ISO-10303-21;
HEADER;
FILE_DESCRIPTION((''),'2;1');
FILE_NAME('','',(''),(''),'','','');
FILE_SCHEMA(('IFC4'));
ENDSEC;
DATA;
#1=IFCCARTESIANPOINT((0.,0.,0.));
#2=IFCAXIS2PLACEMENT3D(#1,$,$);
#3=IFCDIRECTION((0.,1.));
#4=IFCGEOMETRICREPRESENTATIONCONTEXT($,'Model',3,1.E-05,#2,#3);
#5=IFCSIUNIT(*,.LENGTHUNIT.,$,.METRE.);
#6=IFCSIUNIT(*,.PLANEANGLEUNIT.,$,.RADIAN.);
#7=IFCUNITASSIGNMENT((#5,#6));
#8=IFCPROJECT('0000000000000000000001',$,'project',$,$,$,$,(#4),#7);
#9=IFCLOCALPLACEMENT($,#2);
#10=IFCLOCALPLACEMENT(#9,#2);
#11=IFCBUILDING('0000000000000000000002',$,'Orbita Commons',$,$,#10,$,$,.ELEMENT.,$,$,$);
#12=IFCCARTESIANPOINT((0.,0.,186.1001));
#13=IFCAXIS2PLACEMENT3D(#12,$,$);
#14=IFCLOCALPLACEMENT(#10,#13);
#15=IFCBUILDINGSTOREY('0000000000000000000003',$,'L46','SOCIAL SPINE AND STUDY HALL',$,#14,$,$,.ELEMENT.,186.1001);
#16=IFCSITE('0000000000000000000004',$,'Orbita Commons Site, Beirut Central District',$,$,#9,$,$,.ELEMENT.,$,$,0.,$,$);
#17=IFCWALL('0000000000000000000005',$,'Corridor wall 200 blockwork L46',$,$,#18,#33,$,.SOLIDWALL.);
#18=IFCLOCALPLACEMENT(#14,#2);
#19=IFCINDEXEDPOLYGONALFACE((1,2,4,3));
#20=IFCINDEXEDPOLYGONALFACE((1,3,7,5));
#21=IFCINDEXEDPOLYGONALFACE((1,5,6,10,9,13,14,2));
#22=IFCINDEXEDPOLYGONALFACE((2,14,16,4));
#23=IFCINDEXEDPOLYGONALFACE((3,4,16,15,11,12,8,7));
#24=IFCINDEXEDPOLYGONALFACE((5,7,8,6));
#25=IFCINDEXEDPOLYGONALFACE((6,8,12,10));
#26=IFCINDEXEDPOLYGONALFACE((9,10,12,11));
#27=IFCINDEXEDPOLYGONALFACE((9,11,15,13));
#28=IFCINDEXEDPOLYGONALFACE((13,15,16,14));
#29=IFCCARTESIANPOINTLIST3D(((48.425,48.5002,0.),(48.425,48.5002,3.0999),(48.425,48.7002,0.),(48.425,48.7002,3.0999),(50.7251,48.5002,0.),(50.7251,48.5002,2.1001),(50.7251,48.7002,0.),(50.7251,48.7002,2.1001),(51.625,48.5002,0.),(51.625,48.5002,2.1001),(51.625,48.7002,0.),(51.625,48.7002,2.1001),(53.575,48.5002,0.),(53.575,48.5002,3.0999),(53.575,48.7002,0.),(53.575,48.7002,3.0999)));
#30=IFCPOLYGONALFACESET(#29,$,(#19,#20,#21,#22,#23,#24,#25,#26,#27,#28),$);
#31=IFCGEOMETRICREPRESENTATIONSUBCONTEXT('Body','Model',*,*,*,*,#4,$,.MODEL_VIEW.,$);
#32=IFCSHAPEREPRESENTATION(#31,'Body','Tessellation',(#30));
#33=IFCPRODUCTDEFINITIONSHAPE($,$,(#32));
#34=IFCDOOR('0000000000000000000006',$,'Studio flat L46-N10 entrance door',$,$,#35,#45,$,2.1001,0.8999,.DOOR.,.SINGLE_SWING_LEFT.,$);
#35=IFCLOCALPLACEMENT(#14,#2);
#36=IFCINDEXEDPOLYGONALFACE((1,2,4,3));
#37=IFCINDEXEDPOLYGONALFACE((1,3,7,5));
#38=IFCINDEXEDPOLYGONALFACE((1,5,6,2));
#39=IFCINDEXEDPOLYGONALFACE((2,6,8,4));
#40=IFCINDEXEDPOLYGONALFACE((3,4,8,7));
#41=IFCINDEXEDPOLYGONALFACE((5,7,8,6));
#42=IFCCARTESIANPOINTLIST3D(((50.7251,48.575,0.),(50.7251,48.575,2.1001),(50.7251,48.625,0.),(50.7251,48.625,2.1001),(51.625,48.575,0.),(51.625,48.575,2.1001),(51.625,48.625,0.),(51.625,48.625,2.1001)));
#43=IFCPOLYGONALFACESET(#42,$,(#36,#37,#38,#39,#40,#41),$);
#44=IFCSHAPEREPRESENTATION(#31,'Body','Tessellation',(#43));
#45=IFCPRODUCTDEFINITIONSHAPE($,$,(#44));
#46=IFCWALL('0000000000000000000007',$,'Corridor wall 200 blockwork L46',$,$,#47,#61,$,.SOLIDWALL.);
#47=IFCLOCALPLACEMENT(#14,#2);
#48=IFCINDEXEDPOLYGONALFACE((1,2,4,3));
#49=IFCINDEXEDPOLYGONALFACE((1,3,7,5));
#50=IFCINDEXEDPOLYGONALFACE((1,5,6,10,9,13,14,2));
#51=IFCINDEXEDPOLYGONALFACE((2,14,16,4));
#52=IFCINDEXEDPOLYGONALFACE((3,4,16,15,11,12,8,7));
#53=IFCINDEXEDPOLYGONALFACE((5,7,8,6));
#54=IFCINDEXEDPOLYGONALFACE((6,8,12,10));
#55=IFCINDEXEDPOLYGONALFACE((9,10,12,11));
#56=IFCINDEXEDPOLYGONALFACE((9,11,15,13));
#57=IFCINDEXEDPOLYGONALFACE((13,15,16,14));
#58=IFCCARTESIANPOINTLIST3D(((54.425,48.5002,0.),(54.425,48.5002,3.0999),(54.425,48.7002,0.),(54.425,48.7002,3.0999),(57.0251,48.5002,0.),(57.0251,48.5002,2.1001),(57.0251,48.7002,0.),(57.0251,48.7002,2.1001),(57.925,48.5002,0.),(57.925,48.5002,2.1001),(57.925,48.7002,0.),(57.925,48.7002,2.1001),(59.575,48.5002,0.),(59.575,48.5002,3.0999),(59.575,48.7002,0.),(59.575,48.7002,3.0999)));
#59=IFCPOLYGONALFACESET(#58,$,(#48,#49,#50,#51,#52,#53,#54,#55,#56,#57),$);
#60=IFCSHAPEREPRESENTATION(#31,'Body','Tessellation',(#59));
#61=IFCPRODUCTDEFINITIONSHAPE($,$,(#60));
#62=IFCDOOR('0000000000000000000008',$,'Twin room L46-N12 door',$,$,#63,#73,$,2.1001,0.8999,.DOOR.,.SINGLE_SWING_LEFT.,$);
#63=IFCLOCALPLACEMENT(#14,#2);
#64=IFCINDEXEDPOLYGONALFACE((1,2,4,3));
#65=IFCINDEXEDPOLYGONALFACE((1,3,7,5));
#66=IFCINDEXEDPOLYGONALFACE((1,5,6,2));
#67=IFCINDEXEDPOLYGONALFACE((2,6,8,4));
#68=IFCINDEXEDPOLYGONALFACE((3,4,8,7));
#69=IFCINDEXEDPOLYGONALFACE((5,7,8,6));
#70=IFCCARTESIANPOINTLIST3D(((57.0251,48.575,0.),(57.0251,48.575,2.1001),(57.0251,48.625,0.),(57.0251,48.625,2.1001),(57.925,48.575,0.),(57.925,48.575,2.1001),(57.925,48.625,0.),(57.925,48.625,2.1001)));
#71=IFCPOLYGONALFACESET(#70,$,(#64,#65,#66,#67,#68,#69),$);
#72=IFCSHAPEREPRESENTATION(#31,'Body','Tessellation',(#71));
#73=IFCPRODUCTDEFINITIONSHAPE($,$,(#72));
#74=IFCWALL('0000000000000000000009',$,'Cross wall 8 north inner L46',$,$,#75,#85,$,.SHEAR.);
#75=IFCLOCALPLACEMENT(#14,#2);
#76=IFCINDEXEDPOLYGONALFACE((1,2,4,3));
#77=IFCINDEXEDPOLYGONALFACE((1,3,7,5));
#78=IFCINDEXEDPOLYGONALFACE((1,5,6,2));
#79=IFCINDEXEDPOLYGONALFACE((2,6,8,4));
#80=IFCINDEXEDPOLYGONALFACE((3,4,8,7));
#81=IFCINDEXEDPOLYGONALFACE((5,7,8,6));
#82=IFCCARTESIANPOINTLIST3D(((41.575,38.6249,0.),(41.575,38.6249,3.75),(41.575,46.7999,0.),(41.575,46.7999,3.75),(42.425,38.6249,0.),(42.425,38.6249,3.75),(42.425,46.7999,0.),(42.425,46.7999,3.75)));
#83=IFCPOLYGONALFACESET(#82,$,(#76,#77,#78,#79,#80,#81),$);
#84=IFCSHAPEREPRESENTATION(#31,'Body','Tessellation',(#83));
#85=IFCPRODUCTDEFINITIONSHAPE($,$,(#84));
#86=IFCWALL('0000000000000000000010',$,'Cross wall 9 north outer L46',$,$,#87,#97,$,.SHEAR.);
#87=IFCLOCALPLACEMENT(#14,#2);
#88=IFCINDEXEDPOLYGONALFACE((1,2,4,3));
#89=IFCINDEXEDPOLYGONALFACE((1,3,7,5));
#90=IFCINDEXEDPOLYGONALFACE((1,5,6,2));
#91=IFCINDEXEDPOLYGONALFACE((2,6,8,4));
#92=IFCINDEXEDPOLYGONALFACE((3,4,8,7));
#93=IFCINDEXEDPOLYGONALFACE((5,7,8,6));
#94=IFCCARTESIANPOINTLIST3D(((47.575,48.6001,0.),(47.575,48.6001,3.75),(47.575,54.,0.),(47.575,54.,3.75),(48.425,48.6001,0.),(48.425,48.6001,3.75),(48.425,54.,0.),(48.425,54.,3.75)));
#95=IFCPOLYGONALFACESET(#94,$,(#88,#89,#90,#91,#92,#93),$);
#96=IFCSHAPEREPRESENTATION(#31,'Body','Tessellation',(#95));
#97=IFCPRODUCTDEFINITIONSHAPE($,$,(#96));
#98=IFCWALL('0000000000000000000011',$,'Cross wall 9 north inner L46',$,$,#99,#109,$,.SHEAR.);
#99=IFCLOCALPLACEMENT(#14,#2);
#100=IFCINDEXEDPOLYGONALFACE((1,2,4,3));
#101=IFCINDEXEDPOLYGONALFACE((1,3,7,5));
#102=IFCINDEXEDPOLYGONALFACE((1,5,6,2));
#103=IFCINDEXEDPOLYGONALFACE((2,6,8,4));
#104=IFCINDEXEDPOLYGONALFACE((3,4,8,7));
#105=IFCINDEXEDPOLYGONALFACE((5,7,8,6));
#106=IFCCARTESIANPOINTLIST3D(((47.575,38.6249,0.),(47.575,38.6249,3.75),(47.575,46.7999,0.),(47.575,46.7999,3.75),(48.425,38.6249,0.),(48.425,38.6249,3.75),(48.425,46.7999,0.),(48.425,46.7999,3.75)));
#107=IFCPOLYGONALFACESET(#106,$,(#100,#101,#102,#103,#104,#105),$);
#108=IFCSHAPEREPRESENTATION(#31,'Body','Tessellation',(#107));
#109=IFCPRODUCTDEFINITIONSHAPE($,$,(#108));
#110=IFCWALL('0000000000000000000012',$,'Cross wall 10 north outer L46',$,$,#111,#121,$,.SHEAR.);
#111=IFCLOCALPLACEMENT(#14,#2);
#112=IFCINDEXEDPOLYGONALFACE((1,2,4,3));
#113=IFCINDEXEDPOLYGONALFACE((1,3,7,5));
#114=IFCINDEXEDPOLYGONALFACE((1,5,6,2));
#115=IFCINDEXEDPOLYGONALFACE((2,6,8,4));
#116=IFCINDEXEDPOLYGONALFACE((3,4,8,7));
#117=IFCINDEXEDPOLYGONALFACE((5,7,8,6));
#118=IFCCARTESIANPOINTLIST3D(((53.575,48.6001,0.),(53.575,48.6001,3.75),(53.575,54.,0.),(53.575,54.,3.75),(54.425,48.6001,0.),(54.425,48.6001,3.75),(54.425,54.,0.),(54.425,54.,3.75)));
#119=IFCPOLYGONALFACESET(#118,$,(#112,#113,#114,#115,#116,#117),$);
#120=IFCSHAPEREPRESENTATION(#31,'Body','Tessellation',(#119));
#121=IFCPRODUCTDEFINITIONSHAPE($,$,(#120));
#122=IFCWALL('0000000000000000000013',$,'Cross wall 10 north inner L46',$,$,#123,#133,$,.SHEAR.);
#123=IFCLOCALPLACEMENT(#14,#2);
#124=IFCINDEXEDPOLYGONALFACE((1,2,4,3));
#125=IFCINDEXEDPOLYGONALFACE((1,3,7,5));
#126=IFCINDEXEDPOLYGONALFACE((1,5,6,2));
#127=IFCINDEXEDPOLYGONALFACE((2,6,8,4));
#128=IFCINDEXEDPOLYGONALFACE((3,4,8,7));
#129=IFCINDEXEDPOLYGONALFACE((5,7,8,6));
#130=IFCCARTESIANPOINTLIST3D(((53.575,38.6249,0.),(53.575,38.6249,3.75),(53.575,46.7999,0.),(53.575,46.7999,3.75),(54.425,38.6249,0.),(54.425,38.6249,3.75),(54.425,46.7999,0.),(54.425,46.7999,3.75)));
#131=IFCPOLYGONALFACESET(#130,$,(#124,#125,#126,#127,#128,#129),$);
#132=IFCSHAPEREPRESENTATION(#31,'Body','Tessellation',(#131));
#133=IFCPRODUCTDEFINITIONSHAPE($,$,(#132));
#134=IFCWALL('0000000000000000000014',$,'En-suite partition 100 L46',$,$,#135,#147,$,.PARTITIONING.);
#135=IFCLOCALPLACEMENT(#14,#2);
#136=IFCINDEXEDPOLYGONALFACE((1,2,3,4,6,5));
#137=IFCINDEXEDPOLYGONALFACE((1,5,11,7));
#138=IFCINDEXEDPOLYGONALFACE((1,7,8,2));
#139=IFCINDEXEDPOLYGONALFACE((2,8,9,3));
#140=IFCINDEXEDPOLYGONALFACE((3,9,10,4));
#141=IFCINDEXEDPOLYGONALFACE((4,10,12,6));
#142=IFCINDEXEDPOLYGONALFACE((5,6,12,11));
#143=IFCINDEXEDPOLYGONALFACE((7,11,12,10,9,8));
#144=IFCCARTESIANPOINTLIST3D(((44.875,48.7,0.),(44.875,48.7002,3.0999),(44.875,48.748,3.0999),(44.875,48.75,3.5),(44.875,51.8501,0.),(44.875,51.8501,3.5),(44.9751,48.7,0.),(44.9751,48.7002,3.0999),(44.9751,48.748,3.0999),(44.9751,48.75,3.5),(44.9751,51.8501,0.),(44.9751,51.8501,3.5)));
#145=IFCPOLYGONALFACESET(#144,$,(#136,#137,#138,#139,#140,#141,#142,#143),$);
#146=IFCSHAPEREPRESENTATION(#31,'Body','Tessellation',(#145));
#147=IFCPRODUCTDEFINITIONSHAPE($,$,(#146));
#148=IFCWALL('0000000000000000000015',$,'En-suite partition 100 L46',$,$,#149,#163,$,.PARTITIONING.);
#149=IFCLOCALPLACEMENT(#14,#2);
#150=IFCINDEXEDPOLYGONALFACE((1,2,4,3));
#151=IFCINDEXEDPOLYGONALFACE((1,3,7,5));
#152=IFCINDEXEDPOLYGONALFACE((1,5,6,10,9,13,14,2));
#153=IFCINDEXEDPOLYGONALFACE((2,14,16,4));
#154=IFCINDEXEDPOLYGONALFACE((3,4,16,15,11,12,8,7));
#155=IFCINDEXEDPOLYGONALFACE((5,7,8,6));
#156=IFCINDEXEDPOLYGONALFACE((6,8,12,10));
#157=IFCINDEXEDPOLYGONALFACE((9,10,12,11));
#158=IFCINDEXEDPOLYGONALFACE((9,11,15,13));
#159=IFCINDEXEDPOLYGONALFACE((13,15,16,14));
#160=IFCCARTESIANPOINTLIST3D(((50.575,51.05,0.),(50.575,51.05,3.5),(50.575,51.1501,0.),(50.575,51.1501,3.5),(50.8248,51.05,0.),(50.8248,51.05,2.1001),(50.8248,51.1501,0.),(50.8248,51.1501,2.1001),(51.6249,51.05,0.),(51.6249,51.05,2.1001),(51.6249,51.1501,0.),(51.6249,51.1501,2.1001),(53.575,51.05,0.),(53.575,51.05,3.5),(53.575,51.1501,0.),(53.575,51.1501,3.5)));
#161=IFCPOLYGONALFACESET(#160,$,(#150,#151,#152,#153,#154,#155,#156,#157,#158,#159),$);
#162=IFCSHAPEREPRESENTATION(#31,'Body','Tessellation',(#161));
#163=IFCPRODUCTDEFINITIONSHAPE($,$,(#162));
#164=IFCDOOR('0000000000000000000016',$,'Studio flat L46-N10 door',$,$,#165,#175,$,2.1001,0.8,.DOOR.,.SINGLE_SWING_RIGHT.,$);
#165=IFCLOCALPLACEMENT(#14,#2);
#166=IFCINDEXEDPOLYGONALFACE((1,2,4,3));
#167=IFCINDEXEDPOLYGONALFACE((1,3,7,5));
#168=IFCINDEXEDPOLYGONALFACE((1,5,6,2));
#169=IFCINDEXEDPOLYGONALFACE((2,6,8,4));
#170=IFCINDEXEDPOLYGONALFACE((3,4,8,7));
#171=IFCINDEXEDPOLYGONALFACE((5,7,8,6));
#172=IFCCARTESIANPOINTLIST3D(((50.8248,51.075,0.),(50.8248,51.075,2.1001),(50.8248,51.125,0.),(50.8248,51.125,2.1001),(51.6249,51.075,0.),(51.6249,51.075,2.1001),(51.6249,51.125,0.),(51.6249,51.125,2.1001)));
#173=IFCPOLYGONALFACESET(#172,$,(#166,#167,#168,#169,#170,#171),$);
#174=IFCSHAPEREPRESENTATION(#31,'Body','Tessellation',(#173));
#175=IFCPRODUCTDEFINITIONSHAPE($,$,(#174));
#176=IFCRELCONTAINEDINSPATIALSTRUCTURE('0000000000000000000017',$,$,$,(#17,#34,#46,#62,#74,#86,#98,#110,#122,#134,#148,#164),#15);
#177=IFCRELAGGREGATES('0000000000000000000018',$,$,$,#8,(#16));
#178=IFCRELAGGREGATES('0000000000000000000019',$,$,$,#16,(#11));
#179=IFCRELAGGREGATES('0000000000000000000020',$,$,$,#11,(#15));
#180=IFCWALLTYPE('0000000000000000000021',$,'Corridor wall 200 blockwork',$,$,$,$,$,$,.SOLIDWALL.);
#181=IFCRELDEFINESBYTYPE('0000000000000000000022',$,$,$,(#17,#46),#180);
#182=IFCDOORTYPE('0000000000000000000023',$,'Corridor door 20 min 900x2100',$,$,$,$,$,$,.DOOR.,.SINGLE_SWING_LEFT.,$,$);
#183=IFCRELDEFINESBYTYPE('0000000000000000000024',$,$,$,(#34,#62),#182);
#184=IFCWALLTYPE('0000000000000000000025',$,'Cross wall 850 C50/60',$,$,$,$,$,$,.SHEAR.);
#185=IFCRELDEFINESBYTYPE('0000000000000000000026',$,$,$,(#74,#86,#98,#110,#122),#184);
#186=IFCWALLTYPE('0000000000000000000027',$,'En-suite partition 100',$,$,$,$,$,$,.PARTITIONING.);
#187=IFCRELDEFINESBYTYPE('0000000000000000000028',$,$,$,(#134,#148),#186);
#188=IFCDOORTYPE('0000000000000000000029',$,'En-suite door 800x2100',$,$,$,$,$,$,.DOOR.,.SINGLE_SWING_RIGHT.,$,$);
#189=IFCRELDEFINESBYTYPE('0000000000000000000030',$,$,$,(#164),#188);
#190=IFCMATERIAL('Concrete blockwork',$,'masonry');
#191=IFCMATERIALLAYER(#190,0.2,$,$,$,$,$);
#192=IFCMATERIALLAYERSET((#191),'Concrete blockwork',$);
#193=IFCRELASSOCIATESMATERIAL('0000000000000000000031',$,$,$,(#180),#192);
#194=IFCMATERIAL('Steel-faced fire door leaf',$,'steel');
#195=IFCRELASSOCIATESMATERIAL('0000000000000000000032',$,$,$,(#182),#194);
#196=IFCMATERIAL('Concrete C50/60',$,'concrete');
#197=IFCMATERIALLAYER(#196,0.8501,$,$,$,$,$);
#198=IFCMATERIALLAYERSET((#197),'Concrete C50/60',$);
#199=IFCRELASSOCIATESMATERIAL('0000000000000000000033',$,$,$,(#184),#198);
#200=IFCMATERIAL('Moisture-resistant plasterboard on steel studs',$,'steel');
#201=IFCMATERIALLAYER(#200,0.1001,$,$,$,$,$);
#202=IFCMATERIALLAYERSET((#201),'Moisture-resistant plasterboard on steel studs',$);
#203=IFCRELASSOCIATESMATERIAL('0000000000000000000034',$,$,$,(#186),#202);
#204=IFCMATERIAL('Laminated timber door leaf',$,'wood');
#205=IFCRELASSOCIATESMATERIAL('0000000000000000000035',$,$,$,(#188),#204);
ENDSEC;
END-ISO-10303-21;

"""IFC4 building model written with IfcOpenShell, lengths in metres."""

from ifc_helpers import new_model, si_unit, direction, frame, frame_2d, origin, place, context, subcontext, project, spatial, polyline, rectangle, outline, extrude, material, layer, layer_set, type_object, element, fill, save


model = new_model("IFC4")

# Units and contexts
model_context = context("Model", 3, precision=1e-05, world=origin(), true_north=direction((0.0, 1.0)))
body_context = subcontext(model_context, "Body", "Model", "MODEL_VIEW")
ifc_project = project(units=[si_unit("LENGTHUNIT", "METRE"), si_unit("PLANEANGLEUNIT", "RADIAN")], contexts=[model_context])

# Site, building, storey
site_placement = place(None, origin())
site = spatial("IfcSite", under=ifc_project, at=site_placement, Name="Orbita Commons Site, Beirut Central District", CompositionType="ELEMENT", RefElevation=0.0)
building_placement = place(site_placement, origin())
building = spatial("IfcBuilding", under=site, at=building_placement, Name="Orbita Commons", CompositionType="ELEMENT")
storey_placement = place(building_placement, frame((0.0, 0.0, 186.1001)))
storey = spatial("IfcBuildingStorey", under=building, at=storey_placement, Name="L46", Description="SOCIAL SPINE AND STUDY HALL", CompositionType="ELEMENT", Elevation=186.1001)

# Walls, openings, doors
ifc_material_1 = material(Name="Concrete blockwork", Category="masonry")
ifc_layer_1 = layer(ifc_material_1, 0.2)
ifc_layer_set_1 = layer_set([ifc_layer_1], Name="Concrete blockwork")
wall_type_1 = type_object("IfcWallType", Name="Corridor wall 200 blockwork", PredefinedType="SOLIDWALL", material=ifc_layer_set_1)
ifc_material_2 = material(Name="Steel-faced fire door leaf", Category="steel")
door_type_1 = type_object("IfcDoorType", Name="Corridor door 20 min 900x2100", OperationType="SINGLE_SWING_LEFT", PredefinedType="DOOR", material=ifc_material_2)
wall_1_placement = place(storey_placement, frame((48.425, 48.6001, 0.0), z_axis=(0.0, 0.0, 1.0), x_axis=(1.0, 0.0, 0.0)))
wall_1 = element("IfcWall", 1, at=wall_1_placement, inside=storey, type_object=wall_type_1, Name="Corridor wall 200 blockwork L46", PredefinedType="SOLIDWALL", context=body_context, shape_type="SweptSolid", body=[
    extrude(outline(polyline([(0.0, 0.0), (5.1499, 0.0), (5.1499, 3.0999), (0.0, 3.0999), (0.0, 0.0)])), frame((0.0, 0.1001, 0.0), z_axis=(0.0, -1.0, 0.0), x_axis=(1.0, 0.0, 0.0)), (0.0, 0.0, 1.0), 0.2),
])
opening_1_placement = place(wall_1_placement, frame((2.3, 0.0, 0.0)))
opening_1 = element("IfcOpeningElement", 2, at=opening_1_placement, cuts=wall_1, PredefinedType="OPENING", context=body_context, shape_type="SweptSolid", body=[
    extrude(rectangle(XDim=0.8999, YDim=2.1001, at=frame_2d((0.45, 1.05))), frame((0.0, 0.1099, 0.0), z_axis=(0.0, -1.0, 0.0), x_axis=(1.0, 0.0, 0.0)), (0.0, 0.0, 1.0), 0.22),
])
door_1_placement = place(opening_1_placement, origin())
door_1 = element("IfcDoor", 3, at=door_1_placement, inside=storey, type_object=door_type_1, Name="Studio flat L46-N10 entrance door", OperationType="SINGLE_SWING_LEFT", OverallHeight=2.1001, OverallWidth=0.8999, PredefinedType="DOOR", context=body_context, shape_type="SweptSolid", body=[
    extrude(rectangle(XDim=0.8999, YDim=2.1001, at=frame_2d((0.45, 1.05))), frame((0.0, 0.0249, 0.0), z_axis=(0.0, -1.0, 0.0), x_axis=(1.0, 0.0, 0.0)), (0.0, 0.0, 1.0), 0.05),
])
fill(opening_1, door_1)
wall_2_placement = place(storey_placement, frame((54.425, 48.6001, 0.0), z_axis=(0.0, 0.0, 1.0), x_axis=(1.0, 0.0, 0.0)))
wall_2 = element("IfcWall", 4, at=wall_2_placement, inside=storey, type_object=wall_type_1, Name="Corridor wall 200 blockwork L46", PredefinedType="SOLIDWALL", context=body_context, shape_type="SweptSolid", body=[
    extrude(outline(polyline([(0.0, 0.0), (5.1499, 0.0), (5.1499, 3.0999), (0.0, 3.0999), (0.0, 0.0)])), frame((0.0, 0.1001, 0.0), z_axis=(0.0, -1.0, 0.0), x_axis=(1.0, 0.0, 0.0)), (0.0, 0.0, 1.0), 0.2),
])
opening_2_placement = place(wall_2_placement, frame((2.6001, 0.0, 0.0)))
opening_2 = element("IfcOpeningElement", 5, at=opening_2_placement, cuts=wall_2, PredefinedType="OPENING", context=body_context, shape_type="SweptSolid", body=[
    extrude(rectangle(XDim=0.8999, YDim=2.1001, at=frame_2d((0.45, 1.05))), frame((0.0, 0.1099, 0.0), z_axis=(0.0, -1.0, 0.0), x_axis=(1.0, 0.0, 0.0)), (0.0, 0.0, 1.0), 0.22),
])
door_2_placement = place(opening_2_placement, origin())
door_2 = element("IfcDoor", 6, at=door_2_placement, inside=storey, type_object=door_type_1, Name="Twin room L46-N12 door", OperationType="SINGLE_SWING_LEFT", OverallHeight=2.1001, OverallWidth=0.8999, PredefinedType="DOOR", context=body_context, shape_type="SweptSolid", body=[
    extrude(rectangle(XDim=0.8999, YDim=2.1001, at=frame_2d((0.45, 1.05))), frame((0.0, 0.0249, 0.0), z_axis=(0.0, -1.0, 0.0), x_axis=(1.0, 0.0, 0.0)), (0.0, 0.0, 1.0), 0.05),
])
fill(opening_2, door_2)

# Walls
ifc_material_3 = material(Name="Concrete C50/60", Category="concrete")
ifc_layer_2 = layer(ifc_material_3, 0.8501)
ifc_layer_set_2 = layer_set([ifc_layer_2], Name="Concrete C50/60")
wall_type_2 = type_object("IfcWallType", Name="Cross wall 850 C50/60", PredefinedType="SHEAR", material=ifc_layer_set_2)
wall_3_placement = place(storey_placement, frame((42.0, 38.625, 0.0), z_axis=(0.0, 0.0, 1.0), x_axis=(0.0, 1.0, 0.0)))
element("IfcWall", 7, at=wall_3_placement, inside=storey, type_object=wall_type_2, Name="Cross wall 8 north inner L46", PredefinedType="SHEAR", context=body_context, shape_type="SweptSolid", body=[
    extrude(rectangle(XDim=8.175, YDim=0.8501, at=frame_2d((4.0874, 0.0))), origin(), (0.0, 0.0, 1.0), 3.75),
])
wall_4_placement = place(storey_placement, frame((48.0, 48.6001, 0.0), z_axis=(0.0, 0.0, 1.0), x_axis=(0.0, 1.0, 0.0)))
element("IfcWall", 8, at=wall_4_placement, inside=storey, type_object=wall_type_2, Name="Cross wall 9 north outer L46", PredefinedType="SHEAR", context=body_context, shape_type="SweptSolid", body=[
    extrude(rectangle(XDim=5.3999, YDim=0.8501, at=frame_2d((2.7, 0.0))), origin(), (0.0, 0.0, 1.0), 3.75),
])
wall_5_placement = place(storey_placement, frame((48.0, 38.625, 0.0), z_axis=(0.0, 0.0, 1.0), x_axis=(0.0, 1.0, 0.0)))
element("IfcWall", 9, at=wall_5_placement, inside=storey, type_object=wall_type_2, Name="Cross wall 9 north inner L46", PredefinedType="SHEAR", context=body_context, shape_type="SweptSolid", body=[
    extrude(rectangle(XDim=8.175, YDim=0.8501, at=frame_2d((4.0874, 0.0))), origin(), (0.0, 0.0, 1.0), 3.75),
])
wall_6_placement = place(storey_placement, frame((54.0, 48.6001, 0.0), z_axis=(0.0, 0.0, 1.0), x_axis=(0.0, 1.0, 0.0)))
element("IfcWall", 10, at=wall_6_placement, inside=storey, type_object=wall_type_2, Name="Cross wall 10 north outer L46", PredefinedType="SHEAR", context=body_context, shape_type="SweptSolid", body=[
    extrude(rectangle(XDim=5.3999, YDim=0.8501, at=frame_2d((2.7, 0.0))), origin(), (0.0, 0.0, 1.0), 3.75),
])
wall_7_placement = place(storey_placement, frame((54.0, 38.625, 0.0), z_axis=(0.0, 0.0, 1.0), x_axis=(0.0, 1.0, 0.0)))
element("IfcWall", 11, at=wall_7_placement, inside=storey, type_object=wall_type_2, Name="Cross wall 10 north inner L46", PredefinedType="SHEAR", context=body_context, shape_type="SweptSolid", body=[
    extrude(rectangle(XDim=8.175, YDim=0.8501, at=frame_2d((4.0874, 0.0))), origin(), (0.0, 0.0, 1.0), 3.75),
])
ifc_material_4 = material(Name="Moisture-resistant plasterboard on steel studs", Category="steel")
ifc_layer_3 = layer(ifc_material_4, 0.1001)
ifc_layer_set_3 = layer_set([ifc_layer_3], Name="Moisture-resistant plasterboard on steel studs")
wall_type_3 = type_object("IfcWallType", Name="En-suite partition 100", PredefinedType="PARTITIONING", material=ifc_layer_set_3)
wall_8_placement = place(storey_placement, frame((44.925, 51.8501, 0.0), z_axis=(0.0, 0.0, 1.0), x_axis=(0.0, -1.0, 0.0)))
element("IfcWall", 12, at=wall_8_placement, inside=storey, type_object=wall_type_3, Name="En-suite partition 100 L46", PredefinedType="PARTITIONING", context=body_context, shape_type="SweptSolid", body=[
    extrude(outline(polyline([(0.0, 0.0), (3.1501, 0.0), (3.1499, 3.0999), (3.1021, 3.0999), (3.1001, 3.5), (0.0, 3.5), (0.0, 0.0)])), frame((0.0, 0.05, 0.0), z_axis=(0.0, -1.0, 0.0), x_axis=(1.0, 0.0, 0.0)), (0.0, 0.0, 1.0), 0.1001),
])

# Wall, opening, door
wall_9_placement = place(storey_placement, frame((50.575, 51.1001, 0.0), z_axis=(0.0, 0.0, 1.0), x_axis=(1.0, 0.0, 0.0)))
wall_9 = element("IfcWall", 13, at=wall_9_placement, inside=storey, type_object=wall_type_3, Name="En-suite partition 100 L46", PredefinedType="PARTITIONING", context=body_context, shape_type="SweptSolid", body=[
    extrude(rectangle(XDim=3.0, YDim=0.1001, at=frame_2d((1.5, 0.0))), origin(), (0.0, 0.0, 1.0), 3.5),
])
opening_3_placement = place(wall_9_placement, frame((0.25, 0.0, 0.0)))
opening_3 = element("IfcOpeningElement", 14, at=opening_3_placement, cuts=wall_9, PredefinedType="OPENING", context=body_context, shape_type="SweptSolid", body=[
    extrude(rectangle(XDim=0.8, YDim=2.1001, at=frame_2d((0.3999, 1.05))), frame((0.0, 0.0601, 0.0), z_axis=(0.0, -1.0, 0.0), x_axis=(1.0, 0.0, 0.0)), (0.0, 0.0, 1.0), 0.1201),
])
ifc_material_5 = material(Name="Laminated timber door leaf", Category="wood")
door_type_2 = type_object("IfcDoorType", Name="En-suite door 800x2100", OperationType="SINGLE_SWING_RIGHT", PredefinedType="DOOR", material=ifc_material_5)
door_3_placement = place(opening_3_placement, origin())
door_3 = element("IfcDoor", 15, at=door_3_placement, inside=storey, type_object=door_type_2, Name="Studio flat L46-N10 door", OperationType="SINGLE_SWING_RIGHT", OverallHeight=2.1001, OverallWidth=0.8, PredefinedType="DOOR", context=body_context, shape_type="SweptSolid", body=[
    extrude(rectangle(XDim=0.8, YDim=2.1001, at=frame_2d((0.3999, 1.05))), frame((0.0, 0.0249, 0.0), z_axis=(0.0, -1.0, 0.0), x_axis=(1.0, 0.0, 0.0)), (0.0, 0.0, 1.0), 0.05),
])
fill(opening_3, door_3)

save(model, "model.ifc")
